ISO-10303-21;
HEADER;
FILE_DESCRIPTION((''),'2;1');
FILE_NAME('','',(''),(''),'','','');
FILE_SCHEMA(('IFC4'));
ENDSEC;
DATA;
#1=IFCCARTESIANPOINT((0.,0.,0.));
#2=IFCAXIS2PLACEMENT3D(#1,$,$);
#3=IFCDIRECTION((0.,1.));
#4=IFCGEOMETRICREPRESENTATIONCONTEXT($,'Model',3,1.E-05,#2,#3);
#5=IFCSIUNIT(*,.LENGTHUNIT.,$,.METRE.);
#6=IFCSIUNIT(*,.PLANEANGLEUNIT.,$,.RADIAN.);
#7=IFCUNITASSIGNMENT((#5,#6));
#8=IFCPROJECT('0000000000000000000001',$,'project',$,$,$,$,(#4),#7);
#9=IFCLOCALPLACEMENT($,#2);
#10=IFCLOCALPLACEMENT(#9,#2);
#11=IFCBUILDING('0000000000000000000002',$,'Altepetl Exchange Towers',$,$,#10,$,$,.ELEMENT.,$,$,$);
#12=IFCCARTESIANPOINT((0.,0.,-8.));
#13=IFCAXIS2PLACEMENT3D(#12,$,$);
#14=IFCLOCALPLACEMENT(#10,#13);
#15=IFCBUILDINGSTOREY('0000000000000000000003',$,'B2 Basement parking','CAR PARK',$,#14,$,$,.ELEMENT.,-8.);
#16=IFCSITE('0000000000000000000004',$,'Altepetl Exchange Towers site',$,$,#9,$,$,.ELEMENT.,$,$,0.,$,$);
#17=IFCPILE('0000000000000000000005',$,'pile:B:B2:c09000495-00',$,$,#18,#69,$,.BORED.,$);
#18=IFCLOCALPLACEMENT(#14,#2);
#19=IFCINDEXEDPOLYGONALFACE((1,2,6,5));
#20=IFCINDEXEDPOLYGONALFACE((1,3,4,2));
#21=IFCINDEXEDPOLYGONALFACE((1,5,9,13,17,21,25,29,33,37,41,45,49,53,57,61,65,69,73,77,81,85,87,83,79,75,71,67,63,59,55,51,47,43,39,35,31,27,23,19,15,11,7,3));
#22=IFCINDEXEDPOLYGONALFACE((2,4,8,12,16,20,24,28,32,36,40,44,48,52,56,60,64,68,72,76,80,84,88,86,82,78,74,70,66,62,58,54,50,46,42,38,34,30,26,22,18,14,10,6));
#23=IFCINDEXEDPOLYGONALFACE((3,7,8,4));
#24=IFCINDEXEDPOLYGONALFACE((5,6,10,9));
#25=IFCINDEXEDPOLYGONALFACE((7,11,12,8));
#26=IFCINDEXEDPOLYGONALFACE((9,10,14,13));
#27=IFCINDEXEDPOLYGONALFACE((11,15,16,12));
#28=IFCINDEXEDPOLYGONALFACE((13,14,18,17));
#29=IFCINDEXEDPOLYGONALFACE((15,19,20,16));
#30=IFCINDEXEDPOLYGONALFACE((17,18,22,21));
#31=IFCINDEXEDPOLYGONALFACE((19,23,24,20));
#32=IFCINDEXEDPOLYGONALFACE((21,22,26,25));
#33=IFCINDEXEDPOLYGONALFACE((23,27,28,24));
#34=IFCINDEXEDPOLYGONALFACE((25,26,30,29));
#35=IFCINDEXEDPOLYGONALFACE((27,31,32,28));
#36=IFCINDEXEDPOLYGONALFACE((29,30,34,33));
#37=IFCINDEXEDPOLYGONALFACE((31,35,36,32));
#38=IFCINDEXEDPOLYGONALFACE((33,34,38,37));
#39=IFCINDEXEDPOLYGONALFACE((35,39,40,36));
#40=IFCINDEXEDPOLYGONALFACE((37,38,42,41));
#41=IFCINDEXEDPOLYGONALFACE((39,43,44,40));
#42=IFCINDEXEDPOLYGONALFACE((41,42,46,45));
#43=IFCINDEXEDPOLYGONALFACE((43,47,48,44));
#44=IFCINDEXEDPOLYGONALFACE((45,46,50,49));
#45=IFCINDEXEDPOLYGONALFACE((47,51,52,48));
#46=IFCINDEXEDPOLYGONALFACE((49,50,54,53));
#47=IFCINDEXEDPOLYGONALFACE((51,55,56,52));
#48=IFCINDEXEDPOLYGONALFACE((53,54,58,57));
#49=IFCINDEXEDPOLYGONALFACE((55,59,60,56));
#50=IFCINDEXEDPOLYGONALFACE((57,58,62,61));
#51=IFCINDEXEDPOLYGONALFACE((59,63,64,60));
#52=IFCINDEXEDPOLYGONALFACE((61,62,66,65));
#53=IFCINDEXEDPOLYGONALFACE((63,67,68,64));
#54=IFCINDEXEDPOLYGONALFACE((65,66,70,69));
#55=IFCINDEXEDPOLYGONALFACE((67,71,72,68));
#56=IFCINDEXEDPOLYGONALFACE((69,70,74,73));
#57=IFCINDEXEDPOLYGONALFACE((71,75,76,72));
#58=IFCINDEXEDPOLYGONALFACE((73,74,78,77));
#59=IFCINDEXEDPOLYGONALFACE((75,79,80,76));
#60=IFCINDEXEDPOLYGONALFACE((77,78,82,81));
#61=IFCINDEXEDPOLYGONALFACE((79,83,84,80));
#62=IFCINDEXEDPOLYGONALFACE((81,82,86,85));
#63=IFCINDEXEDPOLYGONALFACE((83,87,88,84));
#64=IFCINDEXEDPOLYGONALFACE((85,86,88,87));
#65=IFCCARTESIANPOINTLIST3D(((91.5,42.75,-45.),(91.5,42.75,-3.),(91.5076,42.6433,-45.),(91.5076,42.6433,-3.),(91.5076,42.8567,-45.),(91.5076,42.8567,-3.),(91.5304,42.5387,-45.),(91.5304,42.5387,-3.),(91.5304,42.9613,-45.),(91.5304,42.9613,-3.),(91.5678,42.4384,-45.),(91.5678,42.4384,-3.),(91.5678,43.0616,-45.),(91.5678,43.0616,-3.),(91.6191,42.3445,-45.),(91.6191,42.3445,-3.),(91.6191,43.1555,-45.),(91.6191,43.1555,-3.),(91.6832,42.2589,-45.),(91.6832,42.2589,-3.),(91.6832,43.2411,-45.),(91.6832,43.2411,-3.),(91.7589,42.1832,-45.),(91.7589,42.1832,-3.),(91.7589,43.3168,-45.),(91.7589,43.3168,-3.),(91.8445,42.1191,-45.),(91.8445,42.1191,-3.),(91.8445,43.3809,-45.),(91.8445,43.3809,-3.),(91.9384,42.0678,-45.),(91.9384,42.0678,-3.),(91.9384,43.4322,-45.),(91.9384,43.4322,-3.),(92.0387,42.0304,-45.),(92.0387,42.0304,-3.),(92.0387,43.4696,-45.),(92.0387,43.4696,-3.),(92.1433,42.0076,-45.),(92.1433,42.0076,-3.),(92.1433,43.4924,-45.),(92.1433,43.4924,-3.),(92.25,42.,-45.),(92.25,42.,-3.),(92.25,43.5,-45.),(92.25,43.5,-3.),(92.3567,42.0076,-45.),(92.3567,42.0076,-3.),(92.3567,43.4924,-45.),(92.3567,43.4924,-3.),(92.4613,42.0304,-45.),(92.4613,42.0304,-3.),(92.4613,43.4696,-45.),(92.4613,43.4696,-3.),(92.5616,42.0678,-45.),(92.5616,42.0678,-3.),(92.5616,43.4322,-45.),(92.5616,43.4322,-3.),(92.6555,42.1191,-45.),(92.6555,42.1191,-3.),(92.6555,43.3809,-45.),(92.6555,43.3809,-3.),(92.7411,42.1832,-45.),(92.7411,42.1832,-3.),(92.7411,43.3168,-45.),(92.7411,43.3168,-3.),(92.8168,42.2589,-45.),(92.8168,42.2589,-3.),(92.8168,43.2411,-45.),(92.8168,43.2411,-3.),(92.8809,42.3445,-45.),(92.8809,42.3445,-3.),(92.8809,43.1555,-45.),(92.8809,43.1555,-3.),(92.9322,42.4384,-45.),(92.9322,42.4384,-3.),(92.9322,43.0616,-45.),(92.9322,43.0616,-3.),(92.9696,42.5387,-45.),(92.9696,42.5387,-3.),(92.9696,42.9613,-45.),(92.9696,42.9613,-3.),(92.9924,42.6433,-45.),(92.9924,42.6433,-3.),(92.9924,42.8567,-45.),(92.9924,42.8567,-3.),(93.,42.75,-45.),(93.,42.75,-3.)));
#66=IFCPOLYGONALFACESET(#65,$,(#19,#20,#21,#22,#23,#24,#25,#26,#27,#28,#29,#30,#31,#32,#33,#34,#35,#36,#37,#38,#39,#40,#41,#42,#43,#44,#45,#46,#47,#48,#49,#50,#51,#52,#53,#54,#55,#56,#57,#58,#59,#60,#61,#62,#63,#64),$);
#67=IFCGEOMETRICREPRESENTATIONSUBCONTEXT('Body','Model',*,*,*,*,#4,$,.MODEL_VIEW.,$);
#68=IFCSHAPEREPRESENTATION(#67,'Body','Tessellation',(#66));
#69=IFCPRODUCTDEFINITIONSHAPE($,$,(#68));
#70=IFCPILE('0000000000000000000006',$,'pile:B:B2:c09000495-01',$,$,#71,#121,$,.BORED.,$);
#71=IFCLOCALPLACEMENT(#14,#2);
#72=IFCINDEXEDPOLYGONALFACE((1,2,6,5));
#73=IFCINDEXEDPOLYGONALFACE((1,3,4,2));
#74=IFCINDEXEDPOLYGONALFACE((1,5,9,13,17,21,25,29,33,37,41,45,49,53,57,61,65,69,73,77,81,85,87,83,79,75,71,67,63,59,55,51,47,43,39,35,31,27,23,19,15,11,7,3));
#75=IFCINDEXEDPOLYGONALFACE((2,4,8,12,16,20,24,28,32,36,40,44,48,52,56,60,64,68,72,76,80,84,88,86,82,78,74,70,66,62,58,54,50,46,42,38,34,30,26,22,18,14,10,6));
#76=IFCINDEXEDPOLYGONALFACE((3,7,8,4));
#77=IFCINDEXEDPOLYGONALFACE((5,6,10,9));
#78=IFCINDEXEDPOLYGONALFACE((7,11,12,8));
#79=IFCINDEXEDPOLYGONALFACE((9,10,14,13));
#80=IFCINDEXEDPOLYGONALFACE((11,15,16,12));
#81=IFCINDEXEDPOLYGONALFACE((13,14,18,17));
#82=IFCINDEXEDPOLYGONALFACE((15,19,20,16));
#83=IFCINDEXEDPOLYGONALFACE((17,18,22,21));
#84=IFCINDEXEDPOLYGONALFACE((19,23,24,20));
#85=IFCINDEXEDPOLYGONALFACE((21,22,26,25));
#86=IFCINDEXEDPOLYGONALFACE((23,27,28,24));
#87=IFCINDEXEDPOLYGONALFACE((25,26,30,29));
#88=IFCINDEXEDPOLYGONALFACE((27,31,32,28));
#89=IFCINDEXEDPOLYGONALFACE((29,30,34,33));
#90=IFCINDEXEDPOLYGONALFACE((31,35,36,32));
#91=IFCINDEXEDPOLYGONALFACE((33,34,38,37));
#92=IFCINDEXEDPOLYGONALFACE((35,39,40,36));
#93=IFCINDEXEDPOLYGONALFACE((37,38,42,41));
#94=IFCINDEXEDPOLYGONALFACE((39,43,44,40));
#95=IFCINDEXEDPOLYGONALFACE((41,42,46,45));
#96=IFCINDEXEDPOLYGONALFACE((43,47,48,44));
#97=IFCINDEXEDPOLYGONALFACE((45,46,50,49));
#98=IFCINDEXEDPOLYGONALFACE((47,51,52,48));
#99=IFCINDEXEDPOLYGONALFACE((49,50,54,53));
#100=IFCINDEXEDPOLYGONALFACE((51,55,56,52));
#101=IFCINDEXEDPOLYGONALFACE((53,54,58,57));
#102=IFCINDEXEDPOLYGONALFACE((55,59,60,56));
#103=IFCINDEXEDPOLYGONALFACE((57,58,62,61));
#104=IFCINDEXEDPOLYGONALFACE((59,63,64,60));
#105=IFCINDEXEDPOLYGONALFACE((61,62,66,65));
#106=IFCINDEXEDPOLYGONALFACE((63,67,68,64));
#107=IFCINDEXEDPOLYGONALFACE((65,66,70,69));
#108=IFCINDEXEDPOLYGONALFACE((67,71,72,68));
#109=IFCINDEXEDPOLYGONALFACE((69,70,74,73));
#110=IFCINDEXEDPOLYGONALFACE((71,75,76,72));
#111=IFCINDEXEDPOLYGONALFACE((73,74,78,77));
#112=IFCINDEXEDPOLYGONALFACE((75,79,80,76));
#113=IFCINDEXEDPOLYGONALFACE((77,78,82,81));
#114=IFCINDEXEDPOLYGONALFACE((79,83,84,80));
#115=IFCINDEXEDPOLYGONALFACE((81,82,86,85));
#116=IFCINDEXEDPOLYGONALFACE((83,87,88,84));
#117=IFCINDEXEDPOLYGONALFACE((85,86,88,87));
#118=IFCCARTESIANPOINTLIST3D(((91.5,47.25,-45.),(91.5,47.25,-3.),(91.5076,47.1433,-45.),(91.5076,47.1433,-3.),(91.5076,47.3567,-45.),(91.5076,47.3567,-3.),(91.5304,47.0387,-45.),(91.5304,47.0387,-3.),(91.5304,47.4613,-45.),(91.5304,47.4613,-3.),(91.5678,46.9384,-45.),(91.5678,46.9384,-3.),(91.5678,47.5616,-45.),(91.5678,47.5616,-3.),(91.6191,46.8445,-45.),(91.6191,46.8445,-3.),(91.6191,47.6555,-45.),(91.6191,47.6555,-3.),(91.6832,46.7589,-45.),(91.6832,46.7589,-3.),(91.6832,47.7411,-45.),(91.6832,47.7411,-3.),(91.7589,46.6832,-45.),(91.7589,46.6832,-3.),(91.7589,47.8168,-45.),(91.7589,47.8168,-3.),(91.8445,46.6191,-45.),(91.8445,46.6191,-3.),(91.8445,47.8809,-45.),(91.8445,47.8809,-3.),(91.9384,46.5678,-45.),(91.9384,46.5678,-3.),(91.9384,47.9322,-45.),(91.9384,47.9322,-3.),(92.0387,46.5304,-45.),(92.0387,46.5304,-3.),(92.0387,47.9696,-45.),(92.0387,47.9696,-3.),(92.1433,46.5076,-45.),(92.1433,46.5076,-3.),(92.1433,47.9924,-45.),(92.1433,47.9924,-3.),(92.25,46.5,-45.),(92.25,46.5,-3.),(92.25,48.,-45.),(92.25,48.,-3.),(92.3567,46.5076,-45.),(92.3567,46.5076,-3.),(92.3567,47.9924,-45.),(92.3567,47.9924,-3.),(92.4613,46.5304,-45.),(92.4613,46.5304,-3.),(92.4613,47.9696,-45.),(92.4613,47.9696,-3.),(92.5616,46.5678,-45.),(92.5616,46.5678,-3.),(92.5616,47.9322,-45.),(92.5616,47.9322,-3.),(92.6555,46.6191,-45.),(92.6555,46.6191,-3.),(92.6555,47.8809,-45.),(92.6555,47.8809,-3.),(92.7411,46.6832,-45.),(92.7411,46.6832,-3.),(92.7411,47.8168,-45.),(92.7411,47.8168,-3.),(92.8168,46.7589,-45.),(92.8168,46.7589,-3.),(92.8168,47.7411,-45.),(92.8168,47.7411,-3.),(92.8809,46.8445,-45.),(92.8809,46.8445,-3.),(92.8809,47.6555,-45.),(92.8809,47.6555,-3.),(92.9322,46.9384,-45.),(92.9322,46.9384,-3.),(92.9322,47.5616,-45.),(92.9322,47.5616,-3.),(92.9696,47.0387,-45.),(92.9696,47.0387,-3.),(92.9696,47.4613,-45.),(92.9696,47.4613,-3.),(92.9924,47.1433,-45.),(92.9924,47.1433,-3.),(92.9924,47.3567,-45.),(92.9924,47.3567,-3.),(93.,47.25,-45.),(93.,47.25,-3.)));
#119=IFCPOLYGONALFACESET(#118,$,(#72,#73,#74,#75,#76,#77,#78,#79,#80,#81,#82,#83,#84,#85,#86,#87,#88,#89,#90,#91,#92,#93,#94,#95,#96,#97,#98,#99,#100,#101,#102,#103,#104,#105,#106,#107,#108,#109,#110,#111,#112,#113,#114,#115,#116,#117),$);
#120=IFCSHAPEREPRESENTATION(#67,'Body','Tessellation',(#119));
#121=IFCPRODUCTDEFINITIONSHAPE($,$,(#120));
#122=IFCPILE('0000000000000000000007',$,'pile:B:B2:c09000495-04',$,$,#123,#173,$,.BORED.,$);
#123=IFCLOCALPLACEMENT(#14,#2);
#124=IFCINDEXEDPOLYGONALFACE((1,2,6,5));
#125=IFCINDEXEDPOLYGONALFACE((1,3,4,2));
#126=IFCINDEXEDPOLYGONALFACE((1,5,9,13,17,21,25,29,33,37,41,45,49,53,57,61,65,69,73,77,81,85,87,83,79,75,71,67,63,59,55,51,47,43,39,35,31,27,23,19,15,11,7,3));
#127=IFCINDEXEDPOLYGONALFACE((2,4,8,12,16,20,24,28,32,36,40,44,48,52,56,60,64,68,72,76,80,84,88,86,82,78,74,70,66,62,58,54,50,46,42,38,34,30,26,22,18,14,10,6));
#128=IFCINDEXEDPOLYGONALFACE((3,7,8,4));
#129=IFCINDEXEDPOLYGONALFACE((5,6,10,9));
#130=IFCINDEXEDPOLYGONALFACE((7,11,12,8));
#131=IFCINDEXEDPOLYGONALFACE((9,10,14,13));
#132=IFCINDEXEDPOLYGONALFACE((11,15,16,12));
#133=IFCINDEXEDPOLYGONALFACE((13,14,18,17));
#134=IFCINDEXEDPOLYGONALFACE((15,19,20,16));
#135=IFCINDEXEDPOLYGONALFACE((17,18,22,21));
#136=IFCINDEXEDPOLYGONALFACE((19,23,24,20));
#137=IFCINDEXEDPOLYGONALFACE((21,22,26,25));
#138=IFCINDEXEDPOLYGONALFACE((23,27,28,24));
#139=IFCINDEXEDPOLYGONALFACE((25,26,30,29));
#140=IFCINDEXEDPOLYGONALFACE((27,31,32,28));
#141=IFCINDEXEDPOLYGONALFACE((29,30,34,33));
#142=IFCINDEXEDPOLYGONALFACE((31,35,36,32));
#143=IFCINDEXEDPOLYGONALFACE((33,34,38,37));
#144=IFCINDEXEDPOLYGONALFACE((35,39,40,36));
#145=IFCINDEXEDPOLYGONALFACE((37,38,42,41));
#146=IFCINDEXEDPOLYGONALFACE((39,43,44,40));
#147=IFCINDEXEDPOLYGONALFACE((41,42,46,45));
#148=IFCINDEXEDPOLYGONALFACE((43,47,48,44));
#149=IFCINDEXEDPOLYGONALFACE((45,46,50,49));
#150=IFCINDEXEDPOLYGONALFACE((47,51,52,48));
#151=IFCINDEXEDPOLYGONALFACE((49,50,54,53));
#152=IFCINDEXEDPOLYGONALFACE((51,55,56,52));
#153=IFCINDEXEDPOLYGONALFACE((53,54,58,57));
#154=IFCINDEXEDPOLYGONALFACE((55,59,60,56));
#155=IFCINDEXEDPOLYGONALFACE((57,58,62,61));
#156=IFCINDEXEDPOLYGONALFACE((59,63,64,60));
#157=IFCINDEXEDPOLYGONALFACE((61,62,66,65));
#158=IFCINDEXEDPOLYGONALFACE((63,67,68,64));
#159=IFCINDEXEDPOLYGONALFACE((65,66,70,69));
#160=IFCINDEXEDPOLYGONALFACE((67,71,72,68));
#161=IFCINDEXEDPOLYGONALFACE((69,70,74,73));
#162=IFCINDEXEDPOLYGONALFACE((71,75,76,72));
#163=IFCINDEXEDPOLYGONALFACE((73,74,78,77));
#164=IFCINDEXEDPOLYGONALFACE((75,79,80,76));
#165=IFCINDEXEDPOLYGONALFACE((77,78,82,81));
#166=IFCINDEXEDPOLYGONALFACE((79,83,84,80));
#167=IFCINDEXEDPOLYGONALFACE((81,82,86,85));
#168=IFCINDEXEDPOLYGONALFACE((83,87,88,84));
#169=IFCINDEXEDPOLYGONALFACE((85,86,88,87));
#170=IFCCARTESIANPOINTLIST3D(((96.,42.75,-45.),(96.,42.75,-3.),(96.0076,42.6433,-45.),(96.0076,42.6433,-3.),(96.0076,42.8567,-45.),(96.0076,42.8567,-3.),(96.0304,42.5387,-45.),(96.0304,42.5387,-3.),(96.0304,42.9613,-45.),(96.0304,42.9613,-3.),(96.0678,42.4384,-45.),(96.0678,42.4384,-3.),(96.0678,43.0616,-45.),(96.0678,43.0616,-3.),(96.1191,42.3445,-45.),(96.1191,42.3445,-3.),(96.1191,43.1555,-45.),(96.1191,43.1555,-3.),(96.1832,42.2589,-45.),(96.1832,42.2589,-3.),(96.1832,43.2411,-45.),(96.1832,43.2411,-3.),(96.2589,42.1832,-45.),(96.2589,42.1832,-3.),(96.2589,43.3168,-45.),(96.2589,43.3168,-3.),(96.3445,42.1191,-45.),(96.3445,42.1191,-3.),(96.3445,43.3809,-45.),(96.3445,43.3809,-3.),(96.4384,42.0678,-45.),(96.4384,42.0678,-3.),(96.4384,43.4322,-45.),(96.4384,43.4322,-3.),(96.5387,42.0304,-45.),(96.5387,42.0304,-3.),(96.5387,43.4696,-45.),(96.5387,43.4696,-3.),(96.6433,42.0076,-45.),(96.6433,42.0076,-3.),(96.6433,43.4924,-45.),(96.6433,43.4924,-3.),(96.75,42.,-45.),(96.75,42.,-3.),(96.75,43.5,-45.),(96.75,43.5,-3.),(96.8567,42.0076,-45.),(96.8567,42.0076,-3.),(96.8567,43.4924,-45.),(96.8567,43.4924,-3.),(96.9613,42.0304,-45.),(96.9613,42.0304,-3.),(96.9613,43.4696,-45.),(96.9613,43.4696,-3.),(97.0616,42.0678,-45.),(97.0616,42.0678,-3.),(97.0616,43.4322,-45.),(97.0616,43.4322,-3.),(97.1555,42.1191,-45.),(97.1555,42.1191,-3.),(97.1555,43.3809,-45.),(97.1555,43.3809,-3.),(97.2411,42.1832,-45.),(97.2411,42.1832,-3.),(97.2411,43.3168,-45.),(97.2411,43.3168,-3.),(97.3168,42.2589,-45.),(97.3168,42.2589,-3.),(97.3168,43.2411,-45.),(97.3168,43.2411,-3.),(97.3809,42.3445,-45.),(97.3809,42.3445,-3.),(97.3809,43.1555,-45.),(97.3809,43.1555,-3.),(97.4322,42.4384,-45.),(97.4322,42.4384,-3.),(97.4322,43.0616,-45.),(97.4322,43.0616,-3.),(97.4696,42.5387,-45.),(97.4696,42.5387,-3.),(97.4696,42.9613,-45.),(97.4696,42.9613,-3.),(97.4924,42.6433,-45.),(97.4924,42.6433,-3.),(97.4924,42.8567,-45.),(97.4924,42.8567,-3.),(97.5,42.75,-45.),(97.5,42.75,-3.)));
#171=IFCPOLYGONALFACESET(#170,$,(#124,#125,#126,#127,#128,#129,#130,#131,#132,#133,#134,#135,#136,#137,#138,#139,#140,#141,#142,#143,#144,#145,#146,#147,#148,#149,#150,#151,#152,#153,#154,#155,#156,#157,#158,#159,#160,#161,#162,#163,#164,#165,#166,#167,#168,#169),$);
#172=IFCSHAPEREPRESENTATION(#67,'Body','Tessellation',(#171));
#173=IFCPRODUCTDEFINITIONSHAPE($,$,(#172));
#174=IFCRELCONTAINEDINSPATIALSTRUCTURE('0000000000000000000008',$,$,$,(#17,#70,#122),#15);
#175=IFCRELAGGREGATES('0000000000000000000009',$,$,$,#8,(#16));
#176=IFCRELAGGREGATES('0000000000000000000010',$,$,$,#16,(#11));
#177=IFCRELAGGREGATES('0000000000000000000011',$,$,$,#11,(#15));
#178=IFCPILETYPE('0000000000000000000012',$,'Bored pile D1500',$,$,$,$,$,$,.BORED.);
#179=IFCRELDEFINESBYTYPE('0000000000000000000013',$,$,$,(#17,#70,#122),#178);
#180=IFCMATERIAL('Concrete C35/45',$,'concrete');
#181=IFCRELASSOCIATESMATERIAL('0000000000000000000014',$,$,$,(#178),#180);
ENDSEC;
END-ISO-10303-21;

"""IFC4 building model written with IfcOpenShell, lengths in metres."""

from ifc_helpers import new_model, si_unit, direction, frame, origin, origin_2d, place, context, subcontext, project, spatial, circle, extrude, material, material_profile, profile_set, type_object, element, save


model = new_model("IFC4")

# Units and contexts
model_context = context("Model", 3, precision=1e-05, world=origin(), true_north=direction((0.0, 1.0)))
body_context = subcontext(model_context, "Body", "Model", "MODEL_VIEW")
ifc_project = project(units=[si_unit("LENGTHUNIT", "METRE"), si_unit("PLANEANGLEUNIT", "RADIAN")], contexts=[model_context])

# Site, building, storey
site_placement = place(None, origin())
site = spatial("IfcSite", under=ifc_project, at=site_placement, Name="Altepetl Exchange Towers site", CompositionType="ELEMENT", RefElevation=0.0)
building_placement = place(site_placement, origin())
building = spatial("IfcBuilding", under=site, at=building_placement, Name="Altepetl Exchange Towers", CompositionType="ELEMENT")
storey_placement = place(building_placement, frame((0.0, 0.0, -8.0)))
storey = spatial("IfcBuildingStorey", under=building, at=storey_placement, Name="B2 Basement parking", Description="CAR PARK", CompositionType="ELEMENT", Elevation=-8.0)

# Piles
ifc_material_1 = material(Name="Concrete C35/45", Category="concrete")
ifc_material_profile_1 = material_profile(ifc_material_1, circle(Radius=0.75, at=origin_2d()), Name="D1500")
ifc_profile_set_1 = profile_set([ifc_material_profile_1], Name="Concrete C35/45")
pile_type_1 = type_object("IfcPileType", Name="Bored pile D1500", PredefinedType="BORED", material=ifc_profile_set_1)
for number, where, z_axis, x_axis, name in (
    (1, (92.25, 42.75, -3.0), (0.0, 0.0, -1.0), (1.0, 0.0, 0.0), "pile:B:B2:c09000495-00"),
    (2, (92.25, 47.25, -3.0), (0.0, 0.0, -1.0), (1.0, 0.0, 0.0), "pile:B:B2:c09000495-01"),
    (3, (96.75, 42.75, -3.0), (0.0, 0.0, -1.0), (1.0, 0.0, 0.0), "pile:B:B2:c09000495-04"),
):
    element("IfcPile", number, at=place(storey_placement, frame(where, z_axis=z_axis, x_axis=x_axis)), inside=storey, type_object=pile_type_1, Name=name, PredefinedType="BORED", context=body_context, shape_type="SweptSolid", body=[
        extrude(circle(Radius=0.75, at=origin_2d()), origin(), (0.0, 0.0, 1.0), 42.0),
    ])

save(model, "model.ifc")
